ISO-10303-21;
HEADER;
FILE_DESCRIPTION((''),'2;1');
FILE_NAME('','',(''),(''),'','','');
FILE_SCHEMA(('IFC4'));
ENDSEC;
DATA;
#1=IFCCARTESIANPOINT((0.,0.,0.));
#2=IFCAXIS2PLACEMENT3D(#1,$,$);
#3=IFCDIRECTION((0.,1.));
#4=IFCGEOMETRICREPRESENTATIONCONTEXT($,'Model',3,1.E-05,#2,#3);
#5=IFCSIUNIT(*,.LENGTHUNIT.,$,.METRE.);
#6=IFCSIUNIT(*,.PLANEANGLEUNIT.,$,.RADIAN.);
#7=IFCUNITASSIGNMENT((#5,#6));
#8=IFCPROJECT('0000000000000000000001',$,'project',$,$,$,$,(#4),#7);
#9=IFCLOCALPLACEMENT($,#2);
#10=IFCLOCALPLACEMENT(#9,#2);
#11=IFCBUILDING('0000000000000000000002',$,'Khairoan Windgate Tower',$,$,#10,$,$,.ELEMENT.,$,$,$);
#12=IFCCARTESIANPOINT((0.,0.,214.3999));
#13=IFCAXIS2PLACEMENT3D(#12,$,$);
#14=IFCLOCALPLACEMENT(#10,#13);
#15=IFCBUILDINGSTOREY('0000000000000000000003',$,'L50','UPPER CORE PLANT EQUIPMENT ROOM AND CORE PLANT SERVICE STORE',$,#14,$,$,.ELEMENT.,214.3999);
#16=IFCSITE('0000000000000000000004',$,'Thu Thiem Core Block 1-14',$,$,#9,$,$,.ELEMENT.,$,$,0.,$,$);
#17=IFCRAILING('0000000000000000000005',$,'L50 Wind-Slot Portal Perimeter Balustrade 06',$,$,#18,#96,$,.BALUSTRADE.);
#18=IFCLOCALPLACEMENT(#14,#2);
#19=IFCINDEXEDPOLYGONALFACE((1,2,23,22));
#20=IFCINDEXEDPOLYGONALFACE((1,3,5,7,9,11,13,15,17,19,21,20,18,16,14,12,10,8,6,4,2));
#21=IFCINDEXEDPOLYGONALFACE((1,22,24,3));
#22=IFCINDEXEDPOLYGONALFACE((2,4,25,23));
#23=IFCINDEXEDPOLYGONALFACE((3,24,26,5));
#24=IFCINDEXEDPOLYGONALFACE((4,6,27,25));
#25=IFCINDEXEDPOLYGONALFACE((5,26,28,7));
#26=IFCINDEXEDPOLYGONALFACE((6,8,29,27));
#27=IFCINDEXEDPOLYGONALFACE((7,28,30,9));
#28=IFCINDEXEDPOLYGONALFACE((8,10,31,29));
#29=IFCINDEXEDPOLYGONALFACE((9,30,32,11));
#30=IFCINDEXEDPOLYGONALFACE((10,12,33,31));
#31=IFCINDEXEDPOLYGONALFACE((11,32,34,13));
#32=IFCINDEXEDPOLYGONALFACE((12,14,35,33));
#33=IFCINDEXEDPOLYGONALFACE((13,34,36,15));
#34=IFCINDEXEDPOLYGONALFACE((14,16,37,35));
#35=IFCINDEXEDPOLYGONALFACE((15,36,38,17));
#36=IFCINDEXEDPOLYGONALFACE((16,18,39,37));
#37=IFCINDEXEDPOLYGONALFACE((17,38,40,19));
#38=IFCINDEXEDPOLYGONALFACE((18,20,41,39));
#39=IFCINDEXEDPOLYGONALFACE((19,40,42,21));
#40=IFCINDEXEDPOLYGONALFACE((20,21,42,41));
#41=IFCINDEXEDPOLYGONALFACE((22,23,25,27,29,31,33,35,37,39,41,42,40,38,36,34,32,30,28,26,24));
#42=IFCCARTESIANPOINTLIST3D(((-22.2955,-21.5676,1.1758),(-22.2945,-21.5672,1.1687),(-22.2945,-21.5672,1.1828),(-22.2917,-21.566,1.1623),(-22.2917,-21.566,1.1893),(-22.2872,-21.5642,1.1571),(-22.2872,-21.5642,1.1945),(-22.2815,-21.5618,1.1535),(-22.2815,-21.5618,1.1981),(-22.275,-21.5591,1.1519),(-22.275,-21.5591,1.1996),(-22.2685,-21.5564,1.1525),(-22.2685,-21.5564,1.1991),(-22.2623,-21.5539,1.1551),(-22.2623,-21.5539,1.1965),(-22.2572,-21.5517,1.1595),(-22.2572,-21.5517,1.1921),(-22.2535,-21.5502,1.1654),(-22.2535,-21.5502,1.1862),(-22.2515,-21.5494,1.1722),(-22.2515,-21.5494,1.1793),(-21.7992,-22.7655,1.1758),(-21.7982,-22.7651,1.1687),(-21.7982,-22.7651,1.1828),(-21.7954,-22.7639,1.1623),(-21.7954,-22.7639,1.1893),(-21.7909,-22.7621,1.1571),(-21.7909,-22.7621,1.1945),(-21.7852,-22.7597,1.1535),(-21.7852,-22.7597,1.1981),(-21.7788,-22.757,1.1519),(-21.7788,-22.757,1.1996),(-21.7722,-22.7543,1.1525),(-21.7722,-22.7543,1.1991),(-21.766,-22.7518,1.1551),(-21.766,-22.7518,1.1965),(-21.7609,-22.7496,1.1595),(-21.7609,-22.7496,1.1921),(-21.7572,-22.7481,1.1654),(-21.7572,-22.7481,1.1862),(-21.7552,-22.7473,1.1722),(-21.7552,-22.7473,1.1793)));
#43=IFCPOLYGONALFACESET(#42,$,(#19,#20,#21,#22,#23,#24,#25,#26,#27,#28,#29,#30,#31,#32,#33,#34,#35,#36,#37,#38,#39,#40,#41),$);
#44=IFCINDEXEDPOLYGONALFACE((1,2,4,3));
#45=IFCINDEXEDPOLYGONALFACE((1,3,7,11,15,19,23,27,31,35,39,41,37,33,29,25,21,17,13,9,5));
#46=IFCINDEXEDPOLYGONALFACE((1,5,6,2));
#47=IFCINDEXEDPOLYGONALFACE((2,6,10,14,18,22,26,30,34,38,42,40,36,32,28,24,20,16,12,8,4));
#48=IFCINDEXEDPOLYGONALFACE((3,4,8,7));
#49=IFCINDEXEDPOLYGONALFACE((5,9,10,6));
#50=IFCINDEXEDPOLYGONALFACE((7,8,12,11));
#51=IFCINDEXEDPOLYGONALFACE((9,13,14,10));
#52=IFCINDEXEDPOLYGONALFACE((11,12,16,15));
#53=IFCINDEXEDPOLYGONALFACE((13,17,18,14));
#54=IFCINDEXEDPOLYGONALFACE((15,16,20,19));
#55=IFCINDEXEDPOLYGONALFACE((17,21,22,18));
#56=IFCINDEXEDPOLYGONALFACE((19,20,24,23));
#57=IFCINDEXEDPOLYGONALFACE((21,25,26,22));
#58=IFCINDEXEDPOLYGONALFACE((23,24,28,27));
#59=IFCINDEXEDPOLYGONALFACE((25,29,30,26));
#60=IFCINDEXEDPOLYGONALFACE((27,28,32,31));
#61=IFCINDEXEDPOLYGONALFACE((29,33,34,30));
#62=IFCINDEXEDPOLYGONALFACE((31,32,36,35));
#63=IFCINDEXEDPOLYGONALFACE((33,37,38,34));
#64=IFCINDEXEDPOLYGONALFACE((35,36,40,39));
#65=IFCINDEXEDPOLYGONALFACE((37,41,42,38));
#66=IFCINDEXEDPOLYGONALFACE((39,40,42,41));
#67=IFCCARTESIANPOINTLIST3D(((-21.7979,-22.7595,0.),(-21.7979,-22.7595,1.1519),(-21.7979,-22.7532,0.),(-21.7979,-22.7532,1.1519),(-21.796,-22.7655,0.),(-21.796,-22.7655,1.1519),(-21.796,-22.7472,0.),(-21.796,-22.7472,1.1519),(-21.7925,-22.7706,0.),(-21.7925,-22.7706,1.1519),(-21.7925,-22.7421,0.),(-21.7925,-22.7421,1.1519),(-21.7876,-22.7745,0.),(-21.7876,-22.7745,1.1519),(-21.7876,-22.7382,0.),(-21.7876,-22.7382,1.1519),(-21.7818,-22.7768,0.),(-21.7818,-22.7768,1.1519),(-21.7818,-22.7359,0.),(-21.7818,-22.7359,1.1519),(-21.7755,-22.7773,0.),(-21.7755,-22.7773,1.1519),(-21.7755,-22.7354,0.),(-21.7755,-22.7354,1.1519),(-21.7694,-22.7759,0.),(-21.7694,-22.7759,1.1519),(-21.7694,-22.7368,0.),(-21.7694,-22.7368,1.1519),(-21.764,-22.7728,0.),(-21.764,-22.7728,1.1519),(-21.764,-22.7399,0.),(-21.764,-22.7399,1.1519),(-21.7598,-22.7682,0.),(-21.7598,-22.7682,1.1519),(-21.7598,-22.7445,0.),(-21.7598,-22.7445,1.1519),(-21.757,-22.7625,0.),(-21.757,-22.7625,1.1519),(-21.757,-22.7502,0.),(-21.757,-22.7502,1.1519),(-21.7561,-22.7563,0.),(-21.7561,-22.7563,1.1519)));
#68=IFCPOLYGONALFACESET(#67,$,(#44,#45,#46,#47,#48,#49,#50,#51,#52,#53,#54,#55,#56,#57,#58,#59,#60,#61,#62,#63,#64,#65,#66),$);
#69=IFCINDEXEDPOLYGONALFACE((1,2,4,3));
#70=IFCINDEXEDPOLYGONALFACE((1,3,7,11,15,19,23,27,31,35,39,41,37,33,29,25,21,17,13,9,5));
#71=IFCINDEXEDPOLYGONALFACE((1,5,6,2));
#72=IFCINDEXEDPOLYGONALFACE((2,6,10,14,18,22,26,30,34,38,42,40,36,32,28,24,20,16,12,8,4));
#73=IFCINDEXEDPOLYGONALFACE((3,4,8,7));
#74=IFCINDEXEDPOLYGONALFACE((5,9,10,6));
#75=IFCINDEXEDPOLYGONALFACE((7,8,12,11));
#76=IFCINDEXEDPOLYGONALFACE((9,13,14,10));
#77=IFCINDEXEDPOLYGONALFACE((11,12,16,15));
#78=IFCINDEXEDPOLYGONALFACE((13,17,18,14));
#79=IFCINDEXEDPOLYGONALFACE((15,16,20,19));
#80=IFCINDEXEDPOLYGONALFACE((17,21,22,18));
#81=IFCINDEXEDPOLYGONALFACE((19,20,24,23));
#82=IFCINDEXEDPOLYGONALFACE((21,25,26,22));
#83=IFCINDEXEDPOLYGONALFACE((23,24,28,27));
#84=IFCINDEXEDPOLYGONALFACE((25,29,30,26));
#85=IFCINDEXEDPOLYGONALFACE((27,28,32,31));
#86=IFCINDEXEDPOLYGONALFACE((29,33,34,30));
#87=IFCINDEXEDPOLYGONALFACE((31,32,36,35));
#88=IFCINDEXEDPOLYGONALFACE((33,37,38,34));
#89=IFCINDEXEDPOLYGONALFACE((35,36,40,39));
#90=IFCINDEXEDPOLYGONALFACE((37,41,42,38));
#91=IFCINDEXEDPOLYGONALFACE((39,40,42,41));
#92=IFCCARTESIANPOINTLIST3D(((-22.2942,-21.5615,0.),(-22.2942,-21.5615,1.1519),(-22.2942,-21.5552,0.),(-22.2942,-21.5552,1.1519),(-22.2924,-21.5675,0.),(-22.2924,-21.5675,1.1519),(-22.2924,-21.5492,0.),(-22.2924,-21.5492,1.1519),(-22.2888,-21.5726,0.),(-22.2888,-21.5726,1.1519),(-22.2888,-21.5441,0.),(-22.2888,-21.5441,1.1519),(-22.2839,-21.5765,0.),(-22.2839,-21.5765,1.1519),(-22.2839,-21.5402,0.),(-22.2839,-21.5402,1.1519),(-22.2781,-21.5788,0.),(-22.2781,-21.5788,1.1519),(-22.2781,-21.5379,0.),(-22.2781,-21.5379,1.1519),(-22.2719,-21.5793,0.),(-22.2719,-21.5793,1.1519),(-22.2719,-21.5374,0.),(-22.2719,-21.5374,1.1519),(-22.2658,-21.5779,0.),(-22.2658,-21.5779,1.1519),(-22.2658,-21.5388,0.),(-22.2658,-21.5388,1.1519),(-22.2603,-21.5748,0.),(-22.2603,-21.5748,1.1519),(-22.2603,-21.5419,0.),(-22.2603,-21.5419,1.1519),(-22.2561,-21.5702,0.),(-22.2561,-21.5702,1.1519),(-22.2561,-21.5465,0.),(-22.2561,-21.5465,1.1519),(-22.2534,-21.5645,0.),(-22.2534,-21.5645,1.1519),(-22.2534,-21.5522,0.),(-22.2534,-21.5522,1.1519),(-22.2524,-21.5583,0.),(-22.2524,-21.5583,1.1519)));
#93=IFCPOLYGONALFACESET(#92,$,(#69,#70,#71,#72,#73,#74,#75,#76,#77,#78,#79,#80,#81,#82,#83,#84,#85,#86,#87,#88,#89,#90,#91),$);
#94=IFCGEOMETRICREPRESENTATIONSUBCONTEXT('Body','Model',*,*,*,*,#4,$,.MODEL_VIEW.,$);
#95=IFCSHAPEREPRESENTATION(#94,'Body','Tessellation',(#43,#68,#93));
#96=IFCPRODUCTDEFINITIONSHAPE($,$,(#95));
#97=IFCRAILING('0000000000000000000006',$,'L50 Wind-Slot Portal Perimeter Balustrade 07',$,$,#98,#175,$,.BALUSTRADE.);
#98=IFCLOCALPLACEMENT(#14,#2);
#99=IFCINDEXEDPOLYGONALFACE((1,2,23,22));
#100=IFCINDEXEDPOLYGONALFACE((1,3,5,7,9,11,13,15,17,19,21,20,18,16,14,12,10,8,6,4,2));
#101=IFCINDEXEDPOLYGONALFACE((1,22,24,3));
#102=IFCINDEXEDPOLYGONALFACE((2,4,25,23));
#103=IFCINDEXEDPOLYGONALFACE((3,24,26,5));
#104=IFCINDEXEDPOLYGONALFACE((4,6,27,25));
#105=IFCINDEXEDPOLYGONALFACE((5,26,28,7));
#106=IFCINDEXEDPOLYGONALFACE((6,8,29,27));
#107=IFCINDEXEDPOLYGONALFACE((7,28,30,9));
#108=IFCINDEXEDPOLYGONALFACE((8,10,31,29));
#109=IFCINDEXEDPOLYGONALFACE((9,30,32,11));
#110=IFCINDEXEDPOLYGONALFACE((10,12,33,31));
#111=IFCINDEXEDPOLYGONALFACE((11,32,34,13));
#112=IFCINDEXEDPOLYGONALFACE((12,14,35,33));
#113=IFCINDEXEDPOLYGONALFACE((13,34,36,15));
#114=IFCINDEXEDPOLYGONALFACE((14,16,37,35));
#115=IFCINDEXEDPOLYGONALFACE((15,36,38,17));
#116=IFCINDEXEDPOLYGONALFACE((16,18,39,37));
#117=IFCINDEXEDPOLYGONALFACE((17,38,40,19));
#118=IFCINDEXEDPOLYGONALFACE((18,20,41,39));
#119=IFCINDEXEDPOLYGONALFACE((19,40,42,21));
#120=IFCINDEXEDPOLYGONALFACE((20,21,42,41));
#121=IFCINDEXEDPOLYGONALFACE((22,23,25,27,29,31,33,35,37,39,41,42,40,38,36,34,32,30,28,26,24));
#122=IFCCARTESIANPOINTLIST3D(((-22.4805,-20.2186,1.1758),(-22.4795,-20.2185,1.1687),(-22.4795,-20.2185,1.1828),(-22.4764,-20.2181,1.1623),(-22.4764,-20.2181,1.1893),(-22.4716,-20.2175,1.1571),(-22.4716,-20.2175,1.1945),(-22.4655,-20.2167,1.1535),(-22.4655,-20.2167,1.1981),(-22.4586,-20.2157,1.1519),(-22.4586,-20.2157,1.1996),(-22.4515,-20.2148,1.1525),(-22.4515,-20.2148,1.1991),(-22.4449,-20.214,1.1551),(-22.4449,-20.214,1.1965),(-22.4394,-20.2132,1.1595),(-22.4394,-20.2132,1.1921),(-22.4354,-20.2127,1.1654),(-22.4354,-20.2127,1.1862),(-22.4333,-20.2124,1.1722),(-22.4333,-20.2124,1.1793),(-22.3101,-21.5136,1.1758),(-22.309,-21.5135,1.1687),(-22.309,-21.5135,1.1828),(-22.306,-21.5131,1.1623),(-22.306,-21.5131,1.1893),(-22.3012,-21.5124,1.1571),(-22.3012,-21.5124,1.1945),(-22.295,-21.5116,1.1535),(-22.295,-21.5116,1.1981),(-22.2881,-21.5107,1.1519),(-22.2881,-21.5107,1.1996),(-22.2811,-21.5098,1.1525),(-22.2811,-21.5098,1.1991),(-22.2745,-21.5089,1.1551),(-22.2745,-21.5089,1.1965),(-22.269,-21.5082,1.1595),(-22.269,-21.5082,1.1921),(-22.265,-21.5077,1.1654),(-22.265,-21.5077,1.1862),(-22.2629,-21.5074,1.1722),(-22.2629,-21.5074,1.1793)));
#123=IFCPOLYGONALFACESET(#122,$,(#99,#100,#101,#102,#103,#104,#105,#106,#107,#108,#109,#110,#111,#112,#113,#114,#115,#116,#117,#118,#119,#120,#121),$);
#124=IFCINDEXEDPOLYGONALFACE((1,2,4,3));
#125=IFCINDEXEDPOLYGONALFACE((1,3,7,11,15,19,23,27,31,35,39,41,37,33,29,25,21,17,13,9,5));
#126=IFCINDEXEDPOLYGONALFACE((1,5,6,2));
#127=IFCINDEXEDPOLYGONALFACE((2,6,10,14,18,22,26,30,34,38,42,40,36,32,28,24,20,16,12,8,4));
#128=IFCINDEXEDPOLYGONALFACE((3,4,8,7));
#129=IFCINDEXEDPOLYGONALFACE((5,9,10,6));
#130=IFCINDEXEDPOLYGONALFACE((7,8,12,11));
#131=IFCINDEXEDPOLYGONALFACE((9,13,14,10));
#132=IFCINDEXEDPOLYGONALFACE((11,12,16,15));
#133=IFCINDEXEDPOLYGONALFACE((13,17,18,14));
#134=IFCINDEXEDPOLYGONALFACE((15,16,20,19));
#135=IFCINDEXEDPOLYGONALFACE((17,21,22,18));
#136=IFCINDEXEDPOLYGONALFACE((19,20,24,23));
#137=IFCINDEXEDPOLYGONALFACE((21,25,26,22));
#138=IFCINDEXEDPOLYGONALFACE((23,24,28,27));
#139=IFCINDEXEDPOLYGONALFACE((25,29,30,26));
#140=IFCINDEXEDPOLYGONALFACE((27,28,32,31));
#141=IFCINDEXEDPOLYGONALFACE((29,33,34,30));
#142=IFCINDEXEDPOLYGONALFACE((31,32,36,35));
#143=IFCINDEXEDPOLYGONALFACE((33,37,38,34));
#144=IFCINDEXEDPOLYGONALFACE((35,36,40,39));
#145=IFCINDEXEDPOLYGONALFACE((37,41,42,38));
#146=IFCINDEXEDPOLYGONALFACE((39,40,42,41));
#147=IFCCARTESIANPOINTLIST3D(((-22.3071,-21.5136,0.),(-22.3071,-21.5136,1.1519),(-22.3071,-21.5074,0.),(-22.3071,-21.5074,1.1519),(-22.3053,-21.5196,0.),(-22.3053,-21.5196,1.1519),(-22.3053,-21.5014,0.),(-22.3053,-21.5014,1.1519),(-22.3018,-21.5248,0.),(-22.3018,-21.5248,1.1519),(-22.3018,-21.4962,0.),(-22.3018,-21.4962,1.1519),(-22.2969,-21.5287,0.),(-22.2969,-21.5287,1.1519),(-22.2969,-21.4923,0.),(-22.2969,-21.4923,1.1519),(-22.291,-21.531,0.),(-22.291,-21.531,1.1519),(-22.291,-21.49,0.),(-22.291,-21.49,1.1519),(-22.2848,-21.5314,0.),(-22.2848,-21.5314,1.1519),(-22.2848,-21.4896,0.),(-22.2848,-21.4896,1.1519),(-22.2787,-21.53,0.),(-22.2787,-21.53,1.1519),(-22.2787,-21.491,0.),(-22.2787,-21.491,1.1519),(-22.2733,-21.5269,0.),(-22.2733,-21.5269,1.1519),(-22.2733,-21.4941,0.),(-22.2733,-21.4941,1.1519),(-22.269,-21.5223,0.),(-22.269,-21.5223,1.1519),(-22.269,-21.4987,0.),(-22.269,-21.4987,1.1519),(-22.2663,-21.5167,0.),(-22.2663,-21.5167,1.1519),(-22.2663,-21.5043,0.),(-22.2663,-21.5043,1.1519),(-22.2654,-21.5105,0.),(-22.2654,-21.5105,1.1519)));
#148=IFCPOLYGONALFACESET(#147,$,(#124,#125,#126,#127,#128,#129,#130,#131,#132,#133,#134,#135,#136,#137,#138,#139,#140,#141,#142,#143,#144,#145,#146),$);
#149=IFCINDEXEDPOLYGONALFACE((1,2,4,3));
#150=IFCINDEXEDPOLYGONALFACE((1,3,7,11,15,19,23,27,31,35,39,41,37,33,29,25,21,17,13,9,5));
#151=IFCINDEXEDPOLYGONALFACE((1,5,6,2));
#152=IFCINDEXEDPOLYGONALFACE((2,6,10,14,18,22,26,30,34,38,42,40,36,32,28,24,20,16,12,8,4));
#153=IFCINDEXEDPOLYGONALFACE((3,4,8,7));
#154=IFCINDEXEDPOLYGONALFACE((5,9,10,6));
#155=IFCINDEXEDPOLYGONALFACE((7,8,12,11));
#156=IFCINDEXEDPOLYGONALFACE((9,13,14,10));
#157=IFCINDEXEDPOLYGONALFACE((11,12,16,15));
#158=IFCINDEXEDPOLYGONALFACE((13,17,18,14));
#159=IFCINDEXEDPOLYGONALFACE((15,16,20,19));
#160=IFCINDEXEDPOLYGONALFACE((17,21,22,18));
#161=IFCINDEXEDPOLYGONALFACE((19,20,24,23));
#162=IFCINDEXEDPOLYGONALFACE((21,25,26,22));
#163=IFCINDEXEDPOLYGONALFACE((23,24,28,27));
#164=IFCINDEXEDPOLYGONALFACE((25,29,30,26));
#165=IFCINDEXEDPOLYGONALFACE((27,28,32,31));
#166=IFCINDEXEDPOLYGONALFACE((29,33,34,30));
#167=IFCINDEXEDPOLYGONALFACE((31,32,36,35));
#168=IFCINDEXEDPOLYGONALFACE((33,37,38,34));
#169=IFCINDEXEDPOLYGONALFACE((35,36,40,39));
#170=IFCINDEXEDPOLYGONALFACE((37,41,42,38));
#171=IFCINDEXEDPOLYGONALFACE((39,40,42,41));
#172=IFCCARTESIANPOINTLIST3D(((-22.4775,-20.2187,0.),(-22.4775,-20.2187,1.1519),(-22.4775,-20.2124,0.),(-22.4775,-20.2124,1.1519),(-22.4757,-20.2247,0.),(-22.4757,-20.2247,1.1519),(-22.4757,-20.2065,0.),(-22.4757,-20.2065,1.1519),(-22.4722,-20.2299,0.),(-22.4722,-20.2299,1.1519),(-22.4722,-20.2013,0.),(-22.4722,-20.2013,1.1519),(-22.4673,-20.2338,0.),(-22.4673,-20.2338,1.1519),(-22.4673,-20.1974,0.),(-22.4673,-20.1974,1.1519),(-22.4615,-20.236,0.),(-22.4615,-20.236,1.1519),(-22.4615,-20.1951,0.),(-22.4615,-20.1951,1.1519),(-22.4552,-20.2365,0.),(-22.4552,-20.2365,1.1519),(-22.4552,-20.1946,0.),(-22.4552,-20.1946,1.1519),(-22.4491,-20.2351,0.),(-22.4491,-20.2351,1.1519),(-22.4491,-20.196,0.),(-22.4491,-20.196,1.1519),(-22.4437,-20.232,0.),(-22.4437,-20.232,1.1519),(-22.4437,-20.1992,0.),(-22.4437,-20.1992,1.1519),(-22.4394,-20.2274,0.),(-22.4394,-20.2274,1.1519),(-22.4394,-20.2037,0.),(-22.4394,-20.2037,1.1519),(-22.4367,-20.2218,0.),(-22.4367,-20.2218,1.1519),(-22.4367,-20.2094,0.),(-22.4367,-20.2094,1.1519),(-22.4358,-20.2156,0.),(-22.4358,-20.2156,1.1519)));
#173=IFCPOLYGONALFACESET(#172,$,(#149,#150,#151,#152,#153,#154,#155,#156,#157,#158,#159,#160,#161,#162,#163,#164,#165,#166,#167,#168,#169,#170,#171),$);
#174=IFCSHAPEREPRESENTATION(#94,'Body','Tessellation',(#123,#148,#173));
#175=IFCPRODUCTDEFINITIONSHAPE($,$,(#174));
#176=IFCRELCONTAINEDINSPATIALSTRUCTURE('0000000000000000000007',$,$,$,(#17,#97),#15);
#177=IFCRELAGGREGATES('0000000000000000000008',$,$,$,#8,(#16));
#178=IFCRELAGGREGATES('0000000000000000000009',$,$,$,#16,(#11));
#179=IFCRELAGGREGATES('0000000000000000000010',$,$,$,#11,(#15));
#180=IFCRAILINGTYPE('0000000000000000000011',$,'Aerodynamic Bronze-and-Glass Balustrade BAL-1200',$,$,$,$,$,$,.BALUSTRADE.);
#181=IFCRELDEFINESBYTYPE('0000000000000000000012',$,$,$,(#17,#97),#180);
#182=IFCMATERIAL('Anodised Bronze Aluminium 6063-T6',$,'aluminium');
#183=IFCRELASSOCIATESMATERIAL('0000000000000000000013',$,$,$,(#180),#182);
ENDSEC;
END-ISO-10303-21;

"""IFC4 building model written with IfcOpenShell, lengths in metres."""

from ifc_helpers import new_model, si_unit, direction, frame, origin, origin_2d, place, context, subcontext, project, spatial, circle, extrude, material, type_object, element, save


model = new_model("IFC4")

# Units and contexts
model_context = context("Model", 3, precision=1e-05, world=origin(), true_north=direction((0.0, 1.0)))
body_context = subcontext(model_context, "Body", "Model", "MODEL_VIEW")
ifc_project = project(units=[si_unit("LENGTHUNIT", "METRE"), si_unit("PLANEANGLEUNIT", "RADIAN")], contexts=[model_context])

# Site, building, storey
site_placement = place(None, origin())
site = spatial("IfcSite", under=ifc_project, at=site_placement, Name="Thu Thiem Core Block 1-14", CompositionType="ELEMENT", RefElevation=0.0)
building_placement = place(site_placement, origin())
building = spatial("IfcBuilding", under=site, at=building_placement, Name="Khairoan Windgate Tower", CompositionType="ELEMENT")
storey_placement = place(building_placement, frame((0.0, 0.0, 214.3999)))
storey = spatial("IfcBuildingStorey", under=building, at=storey_placement, Name="L50", Description="UPPER CORE PLANT EQUIPMENT ROOM AND CORE PLANT SERVICE STORE", CompositionType="ELEMENT", Elevation=214.3999)

# Railings
ifc_material_1 = material(Name="Anodised Bronze Aluminium 6063-T6", Category="aluminium")
railing_type = type_object("IfcRailingType", Name="Aerodynamic Bronze-and-Glass Balustrade BAL-1200", PredefinedType="BALUSTRADE", material=ifc_material_1)
railing_1_placement = place(storey_placement, frame((-21.7771, -22.7563, 0.0)))
element("IfcRailing", 1, at=railing_1_placement, inside=storey, type_object=railing_type, Name="L50 Wind-Slot Portal Perimeter Balustrade 06", PredefinedType="BALUSTRADE", context=body_context, shape_type="SweptSolid", body=[
    extrude(circle(Radius=0.0239, at=origin_2d()), frame((0.0, 0.0, 1.1758), z_axis=(-0.382756, 0.923849, 0.0), x_axis=(-0.923849, -0.382756, 0.0)), (0.0, 0.0, 1.0), 1.2966),
    extrude(circle(Radius=0.021, at=origin_2d()), origin(), (0.0, 0.0, 1.0), 1.1519),
    extrude(circle(Radius=0.021, at=origin_2d()), frame((-0.4963, 1.198, 0.0)), (0.0, 0.0, 1.0), 1.1519),
])
railing_2_placement = place(storey_placement, frame((-22.2864, -21.5105, 0.0)))
element("IfcRailing", 2, at=railing_2_placement, inside=storey, type_object=railing_type, Name="L50 Wind-Slot Portal Perimeter Balustrade 07", PredefinedType="BALUSTRADE", context=body_context, shape_type="SweptSolid", body=[
    extrude(circle(Radius=0.0239, at=origin_2d()), frame((0.0, 0.0, 1.1758), z_axis=(-0.130474, 0.991452, 0.0), x_axis=(-0.991452, -0.130474, 0.0)), (0.0, 0.0, 1.0), 1.3062),
    extrude(circle(Radius=0.021, at=origin_2d()), origin(), (0.0, 0.0, 1.0), 1.1519),
    extrude(circle(Radius=0.021, at=origin_2d()), frame((-0.1704, 1.2949, 0.0)), (0.0, 0.0, 1.0), 1.1519),
])

save(model, "model.ifc")
